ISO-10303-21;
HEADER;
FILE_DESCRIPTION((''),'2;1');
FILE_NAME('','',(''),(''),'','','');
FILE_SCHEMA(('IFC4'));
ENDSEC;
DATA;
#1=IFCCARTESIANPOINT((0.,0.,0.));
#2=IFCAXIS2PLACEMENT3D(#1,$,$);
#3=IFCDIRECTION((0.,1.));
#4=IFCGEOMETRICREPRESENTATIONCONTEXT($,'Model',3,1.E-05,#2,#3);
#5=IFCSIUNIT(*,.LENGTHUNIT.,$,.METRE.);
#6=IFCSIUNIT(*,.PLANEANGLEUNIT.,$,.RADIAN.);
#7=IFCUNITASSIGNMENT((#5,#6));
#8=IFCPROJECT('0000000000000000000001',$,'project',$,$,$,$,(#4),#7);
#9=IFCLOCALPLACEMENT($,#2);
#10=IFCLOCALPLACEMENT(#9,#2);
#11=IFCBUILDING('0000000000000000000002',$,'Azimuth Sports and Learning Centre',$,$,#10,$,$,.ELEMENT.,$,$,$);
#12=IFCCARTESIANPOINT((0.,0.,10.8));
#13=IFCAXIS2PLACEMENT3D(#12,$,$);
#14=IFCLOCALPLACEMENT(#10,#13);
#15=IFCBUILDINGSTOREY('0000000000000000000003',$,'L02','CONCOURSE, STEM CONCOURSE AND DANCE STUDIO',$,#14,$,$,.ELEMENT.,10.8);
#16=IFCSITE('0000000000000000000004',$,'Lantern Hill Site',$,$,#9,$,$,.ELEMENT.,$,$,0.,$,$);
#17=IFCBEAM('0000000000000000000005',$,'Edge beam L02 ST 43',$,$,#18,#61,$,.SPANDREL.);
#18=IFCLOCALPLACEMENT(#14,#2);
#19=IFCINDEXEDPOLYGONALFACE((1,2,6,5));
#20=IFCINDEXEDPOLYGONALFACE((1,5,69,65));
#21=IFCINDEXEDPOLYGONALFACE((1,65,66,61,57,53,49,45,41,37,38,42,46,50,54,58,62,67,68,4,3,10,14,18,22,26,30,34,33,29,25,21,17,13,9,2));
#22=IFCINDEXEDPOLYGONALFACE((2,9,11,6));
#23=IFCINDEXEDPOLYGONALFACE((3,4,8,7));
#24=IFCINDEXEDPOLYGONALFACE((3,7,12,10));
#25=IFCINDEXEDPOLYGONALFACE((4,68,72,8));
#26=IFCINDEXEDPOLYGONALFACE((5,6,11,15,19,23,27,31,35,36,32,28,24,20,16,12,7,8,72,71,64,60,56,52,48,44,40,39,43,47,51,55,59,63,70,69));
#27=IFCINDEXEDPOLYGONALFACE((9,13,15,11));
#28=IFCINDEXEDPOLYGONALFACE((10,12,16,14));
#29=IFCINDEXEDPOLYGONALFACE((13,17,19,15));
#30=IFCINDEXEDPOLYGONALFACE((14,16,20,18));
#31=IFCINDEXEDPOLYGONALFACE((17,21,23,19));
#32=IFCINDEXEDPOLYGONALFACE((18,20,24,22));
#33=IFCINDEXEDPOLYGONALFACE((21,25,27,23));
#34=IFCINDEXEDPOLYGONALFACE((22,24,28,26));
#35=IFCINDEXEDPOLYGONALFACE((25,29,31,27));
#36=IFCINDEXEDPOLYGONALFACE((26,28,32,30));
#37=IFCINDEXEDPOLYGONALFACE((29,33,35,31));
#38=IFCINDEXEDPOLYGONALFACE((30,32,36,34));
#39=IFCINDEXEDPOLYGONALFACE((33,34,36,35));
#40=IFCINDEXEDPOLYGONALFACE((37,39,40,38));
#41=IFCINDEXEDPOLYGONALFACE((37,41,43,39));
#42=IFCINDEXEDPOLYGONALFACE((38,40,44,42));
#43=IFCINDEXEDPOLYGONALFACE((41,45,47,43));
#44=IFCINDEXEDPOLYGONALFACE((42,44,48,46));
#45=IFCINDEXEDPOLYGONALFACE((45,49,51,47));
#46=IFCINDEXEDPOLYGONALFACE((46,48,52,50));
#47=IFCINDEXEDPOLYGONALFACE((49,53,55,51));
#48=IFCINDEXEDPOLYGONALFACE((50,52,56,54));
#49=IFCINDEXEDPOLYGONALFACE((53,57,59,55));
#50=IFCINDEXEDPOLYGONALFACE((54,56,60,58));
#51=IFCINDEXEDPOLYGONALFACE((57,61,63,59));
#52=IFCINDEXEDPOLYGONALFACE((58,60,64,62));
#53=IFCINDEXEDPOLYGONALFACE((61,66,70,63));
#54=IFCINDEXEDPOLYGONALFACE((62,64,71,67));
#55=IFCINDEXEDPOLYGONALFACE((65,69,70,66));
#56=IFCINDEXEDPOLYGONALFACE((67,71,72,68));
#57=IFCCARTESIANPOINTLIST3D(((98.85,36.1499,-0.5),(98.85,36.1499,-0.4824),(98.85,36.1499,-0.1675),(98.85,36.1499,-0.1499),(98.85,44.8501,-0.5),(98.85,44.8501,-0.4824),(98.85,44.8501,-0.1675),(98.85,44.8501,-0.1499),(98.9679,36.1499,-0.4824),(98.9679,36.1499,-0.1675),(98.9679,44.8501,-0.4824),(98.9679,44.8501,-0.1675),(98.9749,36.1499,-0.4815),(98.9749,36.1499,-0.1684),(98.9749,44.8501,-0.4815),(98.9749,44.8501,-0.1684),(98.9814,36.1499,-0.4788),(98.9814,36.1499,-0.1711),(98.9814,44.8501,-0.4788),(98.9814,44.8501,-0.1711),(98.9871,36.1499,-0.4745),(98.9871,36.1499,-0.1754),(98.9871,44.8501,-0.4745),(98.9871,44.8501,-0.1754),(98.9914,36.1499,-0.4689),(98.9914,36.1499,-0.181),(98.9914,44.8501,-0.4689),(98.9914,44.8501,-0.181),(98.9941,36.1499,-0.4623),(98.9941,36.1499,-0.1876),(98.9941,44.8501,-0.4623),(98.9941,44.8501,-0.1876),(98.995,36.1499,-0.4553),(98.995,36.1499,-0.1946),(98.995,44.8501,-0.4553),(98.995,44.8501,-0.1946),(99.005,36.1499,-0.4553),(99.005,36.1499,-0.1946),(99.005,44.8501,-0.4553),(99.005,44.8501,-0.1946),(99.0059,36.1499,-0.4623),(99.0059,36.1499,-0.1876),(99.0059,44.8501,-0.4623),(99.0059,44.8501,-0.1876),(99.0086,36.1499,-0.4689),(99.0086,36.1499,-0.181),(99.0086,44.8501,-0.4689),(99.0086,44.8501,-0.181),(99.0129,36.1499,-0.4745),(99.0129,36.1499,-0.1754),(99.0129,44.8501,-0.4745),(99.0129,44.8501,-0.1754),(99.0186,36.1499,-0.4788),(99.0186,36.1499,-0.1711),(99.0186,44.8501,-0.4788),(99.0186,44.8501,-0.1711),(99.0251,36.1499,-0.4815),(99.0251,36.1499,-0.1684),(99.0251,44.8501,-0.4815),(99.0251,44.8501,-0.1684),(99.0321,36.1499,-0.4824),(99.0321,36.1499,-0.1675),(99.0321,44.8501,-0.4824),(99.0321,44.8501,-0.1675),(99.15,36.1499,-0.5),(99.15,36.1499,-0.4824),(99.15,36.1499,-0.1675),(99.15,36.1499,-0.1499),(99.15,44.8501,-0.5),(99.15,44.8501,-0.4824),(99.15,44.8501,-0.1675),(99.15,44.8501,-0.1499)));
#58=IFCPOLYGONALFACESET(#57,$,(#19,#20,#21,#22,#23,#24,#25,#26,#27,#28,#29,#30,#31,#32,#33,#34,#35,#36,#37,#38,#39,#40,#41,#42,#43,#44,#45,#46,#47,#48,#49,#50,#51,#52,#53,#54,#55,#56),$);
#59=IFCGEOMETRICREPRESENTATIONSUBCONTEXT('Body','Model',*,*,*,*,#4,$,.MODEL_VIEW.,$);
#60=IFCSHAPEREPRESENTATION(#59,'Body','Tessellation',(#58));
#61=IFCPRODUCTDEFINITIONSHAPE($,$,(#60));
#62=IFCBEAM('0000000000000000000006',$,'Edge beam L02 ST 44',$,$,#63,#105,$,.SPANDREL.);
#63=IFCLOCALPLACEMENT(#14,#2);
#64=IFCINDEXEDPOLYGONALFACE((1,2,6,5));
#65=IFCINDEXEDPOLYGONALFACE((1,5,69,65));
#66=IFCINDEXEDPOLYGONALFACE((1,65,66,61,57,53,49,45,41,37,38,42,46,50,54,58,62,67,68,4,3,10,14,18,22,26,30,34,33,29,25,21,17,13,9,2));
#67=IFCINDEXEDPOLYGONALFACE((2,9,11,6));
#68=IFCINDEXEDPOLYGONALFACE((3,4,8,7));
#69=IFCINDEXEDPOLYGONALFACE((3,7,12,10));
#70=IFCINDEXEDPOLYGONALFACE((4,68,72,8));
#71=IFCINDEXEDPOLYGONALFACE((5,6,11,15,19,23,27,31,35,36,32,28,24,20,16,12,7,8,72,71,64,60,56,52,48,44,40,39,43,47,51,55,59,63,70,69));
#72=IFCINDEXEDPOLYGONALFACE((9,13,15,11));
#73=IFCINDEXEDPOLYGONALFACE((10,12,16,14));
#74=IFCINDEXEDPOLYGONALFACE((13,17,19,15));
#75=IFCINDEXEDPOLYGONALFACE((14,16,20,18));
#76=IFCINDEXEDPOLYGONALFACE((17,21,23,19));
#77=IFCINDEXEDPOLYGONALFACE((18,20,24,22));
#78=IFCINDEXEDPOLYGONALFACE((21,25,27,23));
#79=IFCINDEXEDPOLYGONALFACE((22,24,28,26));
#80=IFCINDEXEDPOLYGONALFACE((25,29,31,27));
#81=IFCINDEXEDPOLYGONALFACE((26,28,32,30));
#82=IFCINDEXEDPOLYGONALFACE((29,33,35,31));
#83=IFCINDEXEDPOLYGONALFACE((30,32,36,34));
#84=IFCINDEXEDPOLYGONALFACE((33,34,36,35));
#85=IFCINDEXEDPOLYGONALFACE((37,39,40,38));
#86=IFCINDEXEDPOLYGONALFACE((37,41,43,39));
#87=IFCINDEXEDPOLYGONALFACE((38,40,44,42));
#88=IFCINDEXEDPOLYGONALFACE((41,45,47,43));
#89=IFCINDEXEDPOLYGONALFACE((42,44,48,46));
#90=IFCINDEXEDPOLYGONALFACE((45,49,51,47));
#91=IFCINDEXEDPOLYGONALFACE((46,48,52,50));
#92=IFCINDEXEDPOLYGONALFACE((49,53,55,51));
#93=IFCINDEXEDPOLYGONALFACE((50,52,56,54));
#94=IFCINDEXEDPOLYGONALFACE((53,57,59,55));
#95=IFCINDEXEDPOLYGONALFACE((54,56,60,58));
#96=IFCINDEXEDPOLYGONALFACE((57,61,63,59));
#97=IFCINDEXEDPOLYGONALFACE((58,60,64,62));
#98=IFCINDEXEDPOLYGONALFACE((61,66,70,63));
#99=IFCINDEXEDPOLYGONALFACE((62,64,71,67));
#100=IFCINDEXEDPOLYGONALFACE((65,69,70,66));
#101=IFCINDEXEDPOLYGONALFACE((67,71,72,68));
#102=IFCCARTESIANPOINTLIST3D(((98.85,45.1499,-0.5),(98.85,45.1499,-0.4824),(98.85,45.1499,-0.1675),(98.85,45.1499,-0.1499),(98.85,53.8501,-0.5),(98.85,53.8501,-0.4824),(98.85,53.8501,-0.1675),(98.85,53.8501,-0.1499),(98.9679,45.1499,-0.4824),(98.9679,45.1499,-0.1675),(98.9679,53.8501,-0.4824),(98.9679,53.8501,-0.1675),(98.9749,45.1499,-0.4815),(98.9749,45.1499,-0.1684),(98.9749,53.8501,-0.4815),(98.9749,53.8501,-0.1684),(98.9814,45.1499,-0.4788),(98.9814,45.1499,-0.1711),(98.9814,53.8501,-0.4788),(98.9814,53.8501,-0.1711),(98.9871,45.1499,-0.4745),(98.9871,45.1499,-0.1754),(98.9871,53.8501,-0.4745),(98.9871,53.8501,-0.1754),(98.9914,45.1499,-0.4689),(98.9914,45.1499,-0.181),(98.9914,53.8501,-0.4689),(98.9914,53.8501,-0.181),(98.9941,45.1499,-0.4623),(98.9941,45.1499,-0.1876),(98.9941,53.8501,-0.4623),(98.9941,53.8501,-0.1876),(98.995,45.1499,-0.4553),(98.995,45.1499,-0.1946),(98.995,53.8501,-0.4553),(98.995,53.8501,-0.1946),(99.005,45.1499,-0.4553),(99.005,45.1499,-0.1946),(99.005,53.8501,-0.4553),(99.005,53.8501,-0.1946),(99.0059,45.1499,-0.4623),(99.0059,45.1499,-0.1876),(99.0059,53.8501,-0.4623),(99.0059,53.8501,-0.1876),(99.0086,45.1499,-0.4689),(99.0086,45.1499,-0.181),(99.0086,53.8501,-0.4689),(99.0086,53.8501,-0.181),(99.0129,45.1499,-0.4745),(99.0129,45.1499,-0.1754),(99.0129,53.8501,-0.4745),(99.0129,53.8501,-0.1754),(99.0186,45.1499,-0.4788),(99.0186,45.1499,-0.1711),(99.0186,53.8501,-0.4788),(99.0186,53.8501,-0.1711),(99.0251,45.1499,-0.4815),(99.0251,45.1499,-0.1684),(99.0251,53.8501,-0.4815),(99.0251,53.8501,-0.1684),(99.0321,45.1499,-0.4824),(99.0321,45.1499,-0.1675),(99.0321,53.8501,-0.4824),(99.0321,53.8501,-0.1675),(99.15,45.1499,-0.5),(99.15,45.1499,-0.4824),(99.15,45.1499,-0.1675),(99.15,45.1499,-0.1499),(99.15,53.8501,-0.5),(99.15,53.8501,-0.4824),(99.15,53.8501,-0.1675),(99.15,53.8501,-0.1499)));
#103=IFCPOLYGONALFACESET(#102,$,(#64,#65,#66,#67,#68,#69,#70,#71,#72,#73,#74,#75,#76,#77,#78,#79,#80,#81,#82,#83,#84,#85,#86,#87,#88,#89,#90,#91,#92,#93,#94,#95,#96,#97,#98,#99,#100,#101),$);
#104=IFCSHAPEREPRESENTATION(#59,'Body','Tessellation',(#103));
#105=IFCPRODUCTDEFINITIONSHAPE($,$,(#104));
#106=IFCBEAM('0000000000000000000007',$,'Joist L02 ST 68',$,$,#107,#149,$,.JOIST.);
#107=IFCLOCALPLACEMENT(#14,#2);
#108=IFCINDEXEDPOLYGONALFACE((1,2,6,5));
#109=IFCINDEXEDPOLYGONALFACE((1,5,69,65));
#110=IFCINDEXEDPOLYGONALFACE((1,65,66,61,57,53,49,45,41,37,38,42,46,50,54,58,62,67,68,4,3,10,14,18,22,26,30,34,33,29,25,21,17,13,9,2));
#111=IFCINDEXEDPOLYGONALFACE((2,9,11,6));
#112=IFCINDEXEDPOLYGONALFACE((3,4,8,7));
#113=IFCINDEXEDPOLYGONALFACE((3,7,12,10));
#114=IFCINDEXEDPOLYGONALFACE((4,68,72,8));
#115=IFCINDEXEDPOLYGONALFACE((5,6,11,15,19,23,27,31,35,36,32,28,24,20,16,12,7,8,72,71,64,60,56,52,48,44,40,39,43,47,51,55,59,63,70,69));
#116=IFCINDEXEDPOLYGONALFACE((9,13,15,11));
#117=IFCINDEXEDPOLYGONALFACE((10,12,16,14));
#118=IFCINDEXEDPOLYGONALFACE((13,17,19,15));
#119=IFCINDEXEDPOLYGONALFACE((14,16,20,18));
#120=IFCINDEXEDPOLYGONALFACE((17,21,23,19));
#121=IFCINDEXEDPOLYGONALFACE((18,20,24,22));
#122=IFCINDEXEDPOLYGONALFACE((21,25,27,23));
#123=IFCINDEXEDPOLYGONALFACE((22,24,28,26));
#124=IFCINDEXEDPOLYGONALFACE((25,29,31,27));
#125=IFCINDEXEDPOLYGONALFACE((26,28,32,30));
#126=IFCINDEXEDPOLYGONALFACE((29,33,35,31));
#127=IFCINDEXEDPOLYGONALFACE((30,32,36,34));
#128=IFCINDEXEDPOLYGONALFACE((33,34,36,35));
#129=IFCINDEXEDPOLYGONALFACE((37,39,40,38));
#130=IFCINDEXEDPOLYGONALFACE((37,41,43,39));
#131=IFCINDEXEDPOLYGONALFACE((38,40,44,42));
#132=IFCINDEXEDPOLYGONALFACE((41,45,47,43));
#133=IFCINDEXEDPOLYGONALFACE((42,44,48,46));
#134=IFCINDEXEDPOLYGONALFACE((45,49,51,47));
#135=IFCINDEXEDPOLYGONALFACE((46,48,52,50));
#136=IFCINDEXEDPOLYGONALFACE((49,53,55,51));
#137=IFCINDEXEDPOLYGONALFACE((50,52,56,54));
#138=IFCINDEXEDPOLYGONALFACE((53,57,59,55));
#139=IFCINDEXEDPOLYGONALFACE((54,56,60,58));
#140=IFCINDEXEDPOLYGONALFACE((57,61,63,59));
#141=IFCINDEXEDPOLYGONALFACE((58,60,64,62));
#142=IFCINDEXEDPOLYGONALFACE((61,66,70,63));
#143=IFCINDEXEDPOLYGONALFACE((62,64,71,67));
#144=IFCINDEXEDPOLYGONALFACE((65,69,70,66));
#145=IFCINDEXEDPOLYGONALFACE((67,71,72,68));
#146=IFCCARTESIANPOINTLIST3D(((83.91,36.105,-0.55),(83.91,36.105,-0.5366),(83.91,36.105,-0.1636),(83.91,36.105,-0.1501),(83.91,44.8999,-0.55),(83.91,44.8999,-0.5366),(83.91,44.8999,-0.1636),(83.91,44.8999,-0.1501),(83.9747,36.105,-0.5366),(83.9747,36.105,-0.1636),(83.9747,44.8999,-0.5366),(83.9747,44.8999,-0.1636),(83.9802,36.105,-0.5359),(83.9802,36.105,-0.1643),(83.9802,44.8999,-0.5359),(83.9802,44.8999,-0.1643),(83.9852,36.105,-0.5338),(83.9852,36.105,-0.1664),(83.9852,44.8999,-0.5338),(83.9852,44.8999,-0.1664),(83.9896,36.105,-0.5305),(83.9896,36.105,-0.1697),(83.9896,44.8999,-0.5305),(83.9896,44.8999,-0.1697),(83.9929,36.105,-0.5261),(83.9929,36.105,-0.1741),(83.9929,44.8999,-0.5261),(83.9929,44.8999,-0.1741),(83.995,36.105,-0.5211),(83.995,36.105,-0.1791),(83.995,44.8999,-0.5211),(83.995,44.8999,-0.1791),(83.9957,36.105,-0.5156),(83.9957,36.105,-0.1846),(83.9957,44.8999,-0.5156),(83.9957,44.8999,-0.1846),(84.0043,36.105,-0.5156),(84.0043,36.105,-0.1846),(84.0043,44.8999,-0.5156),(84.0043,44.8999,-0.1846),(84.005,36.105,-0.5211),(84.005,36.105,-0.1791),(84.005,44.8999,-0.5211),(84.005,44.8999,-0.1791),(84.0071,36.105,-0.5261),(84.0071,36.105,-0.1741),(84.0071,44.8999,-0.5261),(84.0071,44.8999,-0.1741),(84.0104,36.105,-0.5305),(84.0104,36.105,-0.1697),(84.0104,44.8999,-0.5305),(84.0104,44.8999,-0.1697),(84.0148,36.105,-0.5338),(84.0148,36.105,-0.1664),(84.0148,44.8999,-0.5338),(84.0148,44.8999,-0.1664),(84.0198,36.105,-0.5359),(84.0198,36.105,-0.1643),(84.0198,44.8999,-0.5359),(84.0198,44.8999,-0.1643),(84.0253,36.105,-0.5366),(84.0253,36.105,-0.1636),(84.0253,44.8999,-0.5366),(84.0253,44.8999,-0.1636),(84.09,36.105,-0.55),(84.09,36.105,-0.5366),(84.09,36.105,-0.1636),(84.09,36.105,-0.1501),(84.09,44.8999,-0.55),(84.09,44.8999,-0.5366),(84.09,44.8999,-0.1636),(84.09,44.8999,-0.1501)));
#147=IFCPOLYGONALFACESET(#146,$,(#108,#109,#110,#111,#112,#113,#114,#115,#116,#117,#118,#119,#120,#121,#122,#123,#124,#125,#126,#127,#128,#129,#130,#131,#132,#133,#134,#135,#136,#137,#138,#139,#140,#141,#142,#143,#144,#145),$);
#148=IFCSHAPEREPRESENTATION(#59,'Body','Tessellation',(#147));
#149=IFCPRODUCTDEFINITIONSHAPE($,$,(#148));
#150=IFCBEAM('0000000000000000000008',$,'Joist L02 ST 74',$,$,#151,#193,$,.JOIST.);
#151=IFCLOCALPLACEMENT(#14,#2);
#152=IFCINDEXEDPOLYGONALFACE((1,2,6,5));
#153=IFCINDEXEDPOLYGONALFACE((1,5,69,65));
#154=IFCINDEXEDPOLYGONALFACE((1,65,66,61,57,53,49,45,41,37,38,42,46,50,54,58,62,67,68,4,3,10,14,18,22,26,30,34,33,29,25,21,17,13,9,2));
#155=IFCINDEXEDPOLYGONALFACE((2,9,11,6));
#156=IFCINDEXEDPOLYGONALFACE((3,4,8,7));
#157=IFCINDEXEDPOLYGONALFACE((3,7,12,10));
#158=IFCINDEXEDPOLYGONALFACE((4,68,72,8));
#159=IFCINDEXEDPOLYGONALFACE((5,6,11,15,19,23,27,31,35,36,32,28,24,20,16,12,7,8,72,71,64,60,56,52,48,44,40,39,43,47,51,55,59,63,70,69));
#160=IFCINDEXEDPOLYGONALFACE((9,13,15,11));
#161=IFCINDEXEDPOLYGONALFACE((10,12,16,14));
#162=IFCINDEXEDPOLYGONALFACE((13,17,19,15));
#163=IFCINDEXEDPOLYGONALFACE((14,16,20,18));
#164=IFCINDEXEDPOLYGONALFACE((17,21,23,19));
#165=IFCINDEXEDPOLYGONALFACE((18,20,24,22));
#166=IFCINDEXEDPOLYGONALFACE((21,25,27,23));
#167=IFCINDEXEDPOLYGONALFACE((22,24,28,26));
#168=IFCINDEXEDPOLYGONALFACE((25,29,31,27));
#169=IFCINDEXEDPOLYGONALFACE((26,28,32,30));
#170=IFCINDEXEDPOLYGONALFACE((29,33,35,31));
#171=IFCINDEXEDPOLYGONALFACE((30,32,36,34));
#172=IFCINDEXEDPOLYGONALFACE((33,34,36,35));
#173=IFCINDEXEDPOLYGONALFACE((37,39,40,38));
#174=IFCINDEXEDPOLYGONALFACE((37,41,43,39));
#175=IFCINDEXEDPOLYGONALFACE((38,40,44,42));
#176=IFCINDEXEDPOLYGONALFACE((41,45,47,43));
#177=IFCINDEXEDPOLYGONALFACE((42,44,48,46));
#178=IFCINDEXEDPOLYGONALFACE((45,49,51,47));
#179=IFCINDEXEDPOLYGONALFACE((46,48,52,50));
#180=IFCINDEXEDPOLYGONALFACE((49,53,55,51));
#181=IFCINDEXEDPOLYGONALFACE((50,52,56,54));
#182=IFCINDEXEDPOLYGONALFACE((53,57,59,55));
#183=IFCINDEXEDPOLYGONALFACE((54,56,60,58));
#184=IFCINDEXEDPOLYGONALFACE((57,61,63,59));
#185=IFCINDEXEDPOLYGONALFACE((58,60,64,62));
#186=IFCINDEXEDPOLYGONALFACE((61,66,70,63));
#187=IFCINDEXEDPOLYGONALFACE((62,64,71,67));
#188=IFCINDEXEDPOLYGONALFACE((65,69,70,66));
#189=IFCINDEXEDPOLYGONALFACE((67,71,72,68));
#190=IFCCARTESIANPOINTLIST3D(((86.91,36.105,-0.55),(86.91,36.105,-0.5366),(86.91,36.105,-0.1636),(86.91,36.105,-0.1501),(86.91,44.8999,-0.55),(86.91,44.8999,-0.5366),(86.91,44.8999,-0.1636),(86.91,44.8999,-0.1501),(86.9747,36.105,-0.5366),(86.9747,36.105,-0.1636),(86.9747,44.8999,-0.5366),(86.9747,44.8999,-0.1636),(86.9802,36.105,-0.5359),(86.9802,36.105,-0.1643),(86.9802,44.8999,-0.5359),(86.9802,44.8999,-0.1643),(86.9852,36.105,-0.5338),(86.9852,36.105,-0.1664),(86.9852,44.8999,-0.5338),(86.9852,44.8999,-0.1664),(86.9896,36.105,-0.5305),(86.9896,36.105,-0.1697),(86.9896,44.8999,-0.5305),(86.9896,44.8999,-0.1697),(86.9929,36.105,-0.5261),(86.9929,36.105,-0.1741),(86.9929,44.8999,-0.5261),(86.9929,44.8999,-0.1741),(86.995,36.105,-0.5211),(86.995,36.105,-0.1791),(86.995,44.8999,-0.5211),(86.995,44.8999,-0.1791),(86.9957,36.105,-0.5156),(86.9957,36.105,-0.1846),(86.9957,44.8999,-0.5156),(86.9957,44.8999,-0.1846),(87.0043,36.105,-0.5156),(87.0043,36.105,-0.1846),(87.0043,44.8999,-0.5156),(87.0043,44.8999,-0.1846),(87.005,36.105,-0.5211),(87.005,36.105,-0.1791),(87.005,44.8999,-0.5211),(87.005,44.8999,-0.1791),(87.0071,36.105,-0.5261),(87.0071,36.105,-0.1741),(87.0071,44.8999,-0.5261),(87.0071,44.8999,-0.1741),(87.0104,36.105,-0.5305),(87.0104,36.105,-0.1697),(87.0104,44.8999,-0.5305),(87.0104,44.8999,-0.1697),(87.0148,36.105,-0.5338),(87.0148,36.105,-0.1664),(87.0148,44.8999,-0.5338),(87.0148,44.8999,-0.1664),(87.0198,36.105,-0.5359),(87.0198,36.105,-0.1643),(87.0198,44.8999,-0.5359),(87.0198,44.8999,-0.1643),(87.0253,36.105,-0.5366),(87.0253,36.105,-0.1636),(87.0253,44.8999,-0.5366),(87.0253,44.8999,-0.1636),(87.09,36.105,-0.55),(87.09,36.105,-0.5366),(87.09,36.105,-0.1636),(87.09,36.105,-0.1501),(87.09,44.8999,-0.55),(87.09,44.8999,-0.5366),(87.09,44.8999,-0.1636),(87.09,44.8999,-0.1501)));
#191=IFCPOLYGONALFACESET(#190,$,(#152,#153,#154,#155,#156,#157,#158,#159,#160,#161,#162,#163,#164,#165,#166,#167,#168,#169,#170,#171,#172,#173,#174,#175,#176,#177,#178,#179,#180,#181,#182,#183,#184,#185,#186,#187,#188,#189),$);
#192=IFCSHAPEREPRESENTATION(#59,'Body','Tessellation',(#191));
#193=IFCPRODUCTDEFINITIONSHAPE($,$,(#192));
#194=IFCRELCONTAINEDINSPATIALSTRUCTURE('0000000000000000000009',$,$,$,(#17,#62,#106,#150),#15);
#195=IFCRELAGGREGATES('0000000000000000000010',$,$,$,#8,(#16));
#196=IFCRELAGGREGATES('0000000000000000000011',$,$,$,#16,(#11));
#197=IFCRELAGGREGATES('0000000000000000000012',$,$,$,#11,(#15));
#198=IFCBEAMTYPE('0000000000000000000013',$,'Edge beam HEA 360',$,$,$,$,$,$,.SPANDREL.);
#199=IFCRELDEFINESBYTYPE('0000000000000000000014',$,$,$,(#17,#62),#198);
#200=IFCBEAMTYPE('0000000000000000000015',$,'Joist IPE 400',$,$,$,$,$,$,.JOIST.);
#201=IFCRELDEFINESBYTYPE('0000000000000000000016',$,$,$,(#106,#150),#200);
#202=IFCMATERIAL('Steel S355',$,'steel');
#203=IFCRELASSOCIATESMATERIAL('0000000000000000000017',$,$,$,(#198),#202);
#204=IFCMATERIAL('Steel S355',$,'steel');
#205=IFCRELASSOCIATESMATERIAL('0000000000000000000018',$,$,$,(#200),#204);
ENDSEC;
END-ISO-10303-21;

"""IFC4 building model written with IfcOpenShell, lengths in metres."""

from ifc_helpers import new_model, si_unit, direction, frame, origin, origin_2d, place, context, subcontext, project, spatial, i_section, extrude, material, material_profile, profile_set, type_object, element, save


model = new_model("IFC4")

# Units and contexts
model_context = context("Model", 3, precision=1e-05, world=origin(), true_north=direction((0.0, 1.0)))
body_context = subcontext(model_context, "Body", "Model", "MODEL_VIEW")
ifc_project = project(units=[si_unit("LENGTHUNIT", "METRE"), si_unit("PLANEANGLEUNIT", "RADIAN")], contexts=[model_context])

# Site, building, storey
site_placement = place(None, origin())
site = spatial("IfcSite", under=ifc_project, at=site_placement, Name="Lantern Hill Site", CompositionType="ELEMENT", RefElevation=0.0)
building_placement = place(site_placement, origin())
building = spatial("IfcBuilding", under=site, at=building_placement, Name="Azimuth Sports and Learning Centre", CompositionType="ELEMENT")
storey_placement = place(building_placement, frame((0.0, 0.0, 10.8)))
storey = spatial("IfcBuildingStorey", under=building, at=storey_placement, Name="L02", Description="CONCOURSE, STEM CONCOURSE AND DANCE STUDIO", CompositionType="ELEMENT", Elevation=10.8)

# Beams
ifc_material_1 = material(Name="Steel S355", Category="steel")
ifc_material_profile_1 = material_profile(ifc_material_1, i_section(OverallWidth=0.3, OverallDepth=0.3501, WebThickness=0.01, FlangeThickness=0.0176, FilletRadius=0.0271, at=origin_2d()), Name="HEA 360")
ifc_profile_set_1 = profile_set([ifc_material_profile_1], Name="Steel S355")
beam_type_1 = type_object("IfcBeamType", Name="Edge beam HEA 360", PredefinedType="SPANDREL", material=ifc_profile_set_1)
for number, where, z_axis, x_axis, name in (
    (1, (99.0, 36.1499, -0.325), (0.0, 1.0, 0.0), (-1.0, 0.0, 0.0), "Edge beam L02 ST 43"),
    (2, (99.0, 45.1499, -0.325), (0.0, 1.0, 0.0), (-1.0, 0.0, 0.0), "Edge beam L02 ST 44"),
):
    element("IfcBeam", number, at=place(storey_placement, frame(where, z_axis=z_axis, x_axis=x_axis)), inside=storey, type_object=beam_type_1, Name=name, PredefinedType="SPANDREL", context=body_context, shape_type="SweptSolid", body=[
        extrude(i_section(OverallWidth=0.3, OverallDepth=0.3501, WebThickness=0.01, FlangeThickness=0.0176, FilletRadius=0.0271, at=origin_2d()), origin(), (0.0, 0.0, 1.0), 8.7002),
    ])
ifc_material_2 = material(Name="Steel S355", Category="steel")
ifc_material_profile_2 = material_profile(ifc_material_2, i_section(OverallWidth=0.1799, OverallDepth=0.3999, WebThickness=0.0085, FlangeThickness=0.0134, FilletRadius=0.021, at=origin_2d()), Name="IPE 400")
ifc_profile_set_2 = profile_set([ifc_material_profile_2], Name="Steel S355")
beam_type_2 = type_object("IfcBeamType", Name="Joist IPE 400", PredefinedType="JOIST", material=ifc_profile_set_2)
for number, where, z_axis, x_axis, name in (
    (3, (84.0, 36.105, -0.3501), (0.0, 1.0, 0.0), (-1.0, 0.0, 0.0), "Joist L02 ST 68"),
    (4, (87.0, 36.105, -0.3501), (0.0, 1.0, 0.0), (-1.0, 0.0, 0.0), "Joist L02 ST 74"),
):
    element("IfcBeam", number, at=place(storey_placement, frame(where, z_axis=z_axis, x_axis=x_axis)), inside=storey, type_object=beam_type_2, Name=name, PredefinedType="JOIST", context=body_context, shape_type="SweptSolid", body=[
        extrude(i_section(OverallWidth=0.1799, OverallDepth=0.3999, WebThickness=0.0085, FlangeThickness=0.0134, FilletRadius=0.021, at=origin_2d()), origin(), (0.0, 0.0, 1.0), 8.7949),
    ])

save(model, "model.ifc")
